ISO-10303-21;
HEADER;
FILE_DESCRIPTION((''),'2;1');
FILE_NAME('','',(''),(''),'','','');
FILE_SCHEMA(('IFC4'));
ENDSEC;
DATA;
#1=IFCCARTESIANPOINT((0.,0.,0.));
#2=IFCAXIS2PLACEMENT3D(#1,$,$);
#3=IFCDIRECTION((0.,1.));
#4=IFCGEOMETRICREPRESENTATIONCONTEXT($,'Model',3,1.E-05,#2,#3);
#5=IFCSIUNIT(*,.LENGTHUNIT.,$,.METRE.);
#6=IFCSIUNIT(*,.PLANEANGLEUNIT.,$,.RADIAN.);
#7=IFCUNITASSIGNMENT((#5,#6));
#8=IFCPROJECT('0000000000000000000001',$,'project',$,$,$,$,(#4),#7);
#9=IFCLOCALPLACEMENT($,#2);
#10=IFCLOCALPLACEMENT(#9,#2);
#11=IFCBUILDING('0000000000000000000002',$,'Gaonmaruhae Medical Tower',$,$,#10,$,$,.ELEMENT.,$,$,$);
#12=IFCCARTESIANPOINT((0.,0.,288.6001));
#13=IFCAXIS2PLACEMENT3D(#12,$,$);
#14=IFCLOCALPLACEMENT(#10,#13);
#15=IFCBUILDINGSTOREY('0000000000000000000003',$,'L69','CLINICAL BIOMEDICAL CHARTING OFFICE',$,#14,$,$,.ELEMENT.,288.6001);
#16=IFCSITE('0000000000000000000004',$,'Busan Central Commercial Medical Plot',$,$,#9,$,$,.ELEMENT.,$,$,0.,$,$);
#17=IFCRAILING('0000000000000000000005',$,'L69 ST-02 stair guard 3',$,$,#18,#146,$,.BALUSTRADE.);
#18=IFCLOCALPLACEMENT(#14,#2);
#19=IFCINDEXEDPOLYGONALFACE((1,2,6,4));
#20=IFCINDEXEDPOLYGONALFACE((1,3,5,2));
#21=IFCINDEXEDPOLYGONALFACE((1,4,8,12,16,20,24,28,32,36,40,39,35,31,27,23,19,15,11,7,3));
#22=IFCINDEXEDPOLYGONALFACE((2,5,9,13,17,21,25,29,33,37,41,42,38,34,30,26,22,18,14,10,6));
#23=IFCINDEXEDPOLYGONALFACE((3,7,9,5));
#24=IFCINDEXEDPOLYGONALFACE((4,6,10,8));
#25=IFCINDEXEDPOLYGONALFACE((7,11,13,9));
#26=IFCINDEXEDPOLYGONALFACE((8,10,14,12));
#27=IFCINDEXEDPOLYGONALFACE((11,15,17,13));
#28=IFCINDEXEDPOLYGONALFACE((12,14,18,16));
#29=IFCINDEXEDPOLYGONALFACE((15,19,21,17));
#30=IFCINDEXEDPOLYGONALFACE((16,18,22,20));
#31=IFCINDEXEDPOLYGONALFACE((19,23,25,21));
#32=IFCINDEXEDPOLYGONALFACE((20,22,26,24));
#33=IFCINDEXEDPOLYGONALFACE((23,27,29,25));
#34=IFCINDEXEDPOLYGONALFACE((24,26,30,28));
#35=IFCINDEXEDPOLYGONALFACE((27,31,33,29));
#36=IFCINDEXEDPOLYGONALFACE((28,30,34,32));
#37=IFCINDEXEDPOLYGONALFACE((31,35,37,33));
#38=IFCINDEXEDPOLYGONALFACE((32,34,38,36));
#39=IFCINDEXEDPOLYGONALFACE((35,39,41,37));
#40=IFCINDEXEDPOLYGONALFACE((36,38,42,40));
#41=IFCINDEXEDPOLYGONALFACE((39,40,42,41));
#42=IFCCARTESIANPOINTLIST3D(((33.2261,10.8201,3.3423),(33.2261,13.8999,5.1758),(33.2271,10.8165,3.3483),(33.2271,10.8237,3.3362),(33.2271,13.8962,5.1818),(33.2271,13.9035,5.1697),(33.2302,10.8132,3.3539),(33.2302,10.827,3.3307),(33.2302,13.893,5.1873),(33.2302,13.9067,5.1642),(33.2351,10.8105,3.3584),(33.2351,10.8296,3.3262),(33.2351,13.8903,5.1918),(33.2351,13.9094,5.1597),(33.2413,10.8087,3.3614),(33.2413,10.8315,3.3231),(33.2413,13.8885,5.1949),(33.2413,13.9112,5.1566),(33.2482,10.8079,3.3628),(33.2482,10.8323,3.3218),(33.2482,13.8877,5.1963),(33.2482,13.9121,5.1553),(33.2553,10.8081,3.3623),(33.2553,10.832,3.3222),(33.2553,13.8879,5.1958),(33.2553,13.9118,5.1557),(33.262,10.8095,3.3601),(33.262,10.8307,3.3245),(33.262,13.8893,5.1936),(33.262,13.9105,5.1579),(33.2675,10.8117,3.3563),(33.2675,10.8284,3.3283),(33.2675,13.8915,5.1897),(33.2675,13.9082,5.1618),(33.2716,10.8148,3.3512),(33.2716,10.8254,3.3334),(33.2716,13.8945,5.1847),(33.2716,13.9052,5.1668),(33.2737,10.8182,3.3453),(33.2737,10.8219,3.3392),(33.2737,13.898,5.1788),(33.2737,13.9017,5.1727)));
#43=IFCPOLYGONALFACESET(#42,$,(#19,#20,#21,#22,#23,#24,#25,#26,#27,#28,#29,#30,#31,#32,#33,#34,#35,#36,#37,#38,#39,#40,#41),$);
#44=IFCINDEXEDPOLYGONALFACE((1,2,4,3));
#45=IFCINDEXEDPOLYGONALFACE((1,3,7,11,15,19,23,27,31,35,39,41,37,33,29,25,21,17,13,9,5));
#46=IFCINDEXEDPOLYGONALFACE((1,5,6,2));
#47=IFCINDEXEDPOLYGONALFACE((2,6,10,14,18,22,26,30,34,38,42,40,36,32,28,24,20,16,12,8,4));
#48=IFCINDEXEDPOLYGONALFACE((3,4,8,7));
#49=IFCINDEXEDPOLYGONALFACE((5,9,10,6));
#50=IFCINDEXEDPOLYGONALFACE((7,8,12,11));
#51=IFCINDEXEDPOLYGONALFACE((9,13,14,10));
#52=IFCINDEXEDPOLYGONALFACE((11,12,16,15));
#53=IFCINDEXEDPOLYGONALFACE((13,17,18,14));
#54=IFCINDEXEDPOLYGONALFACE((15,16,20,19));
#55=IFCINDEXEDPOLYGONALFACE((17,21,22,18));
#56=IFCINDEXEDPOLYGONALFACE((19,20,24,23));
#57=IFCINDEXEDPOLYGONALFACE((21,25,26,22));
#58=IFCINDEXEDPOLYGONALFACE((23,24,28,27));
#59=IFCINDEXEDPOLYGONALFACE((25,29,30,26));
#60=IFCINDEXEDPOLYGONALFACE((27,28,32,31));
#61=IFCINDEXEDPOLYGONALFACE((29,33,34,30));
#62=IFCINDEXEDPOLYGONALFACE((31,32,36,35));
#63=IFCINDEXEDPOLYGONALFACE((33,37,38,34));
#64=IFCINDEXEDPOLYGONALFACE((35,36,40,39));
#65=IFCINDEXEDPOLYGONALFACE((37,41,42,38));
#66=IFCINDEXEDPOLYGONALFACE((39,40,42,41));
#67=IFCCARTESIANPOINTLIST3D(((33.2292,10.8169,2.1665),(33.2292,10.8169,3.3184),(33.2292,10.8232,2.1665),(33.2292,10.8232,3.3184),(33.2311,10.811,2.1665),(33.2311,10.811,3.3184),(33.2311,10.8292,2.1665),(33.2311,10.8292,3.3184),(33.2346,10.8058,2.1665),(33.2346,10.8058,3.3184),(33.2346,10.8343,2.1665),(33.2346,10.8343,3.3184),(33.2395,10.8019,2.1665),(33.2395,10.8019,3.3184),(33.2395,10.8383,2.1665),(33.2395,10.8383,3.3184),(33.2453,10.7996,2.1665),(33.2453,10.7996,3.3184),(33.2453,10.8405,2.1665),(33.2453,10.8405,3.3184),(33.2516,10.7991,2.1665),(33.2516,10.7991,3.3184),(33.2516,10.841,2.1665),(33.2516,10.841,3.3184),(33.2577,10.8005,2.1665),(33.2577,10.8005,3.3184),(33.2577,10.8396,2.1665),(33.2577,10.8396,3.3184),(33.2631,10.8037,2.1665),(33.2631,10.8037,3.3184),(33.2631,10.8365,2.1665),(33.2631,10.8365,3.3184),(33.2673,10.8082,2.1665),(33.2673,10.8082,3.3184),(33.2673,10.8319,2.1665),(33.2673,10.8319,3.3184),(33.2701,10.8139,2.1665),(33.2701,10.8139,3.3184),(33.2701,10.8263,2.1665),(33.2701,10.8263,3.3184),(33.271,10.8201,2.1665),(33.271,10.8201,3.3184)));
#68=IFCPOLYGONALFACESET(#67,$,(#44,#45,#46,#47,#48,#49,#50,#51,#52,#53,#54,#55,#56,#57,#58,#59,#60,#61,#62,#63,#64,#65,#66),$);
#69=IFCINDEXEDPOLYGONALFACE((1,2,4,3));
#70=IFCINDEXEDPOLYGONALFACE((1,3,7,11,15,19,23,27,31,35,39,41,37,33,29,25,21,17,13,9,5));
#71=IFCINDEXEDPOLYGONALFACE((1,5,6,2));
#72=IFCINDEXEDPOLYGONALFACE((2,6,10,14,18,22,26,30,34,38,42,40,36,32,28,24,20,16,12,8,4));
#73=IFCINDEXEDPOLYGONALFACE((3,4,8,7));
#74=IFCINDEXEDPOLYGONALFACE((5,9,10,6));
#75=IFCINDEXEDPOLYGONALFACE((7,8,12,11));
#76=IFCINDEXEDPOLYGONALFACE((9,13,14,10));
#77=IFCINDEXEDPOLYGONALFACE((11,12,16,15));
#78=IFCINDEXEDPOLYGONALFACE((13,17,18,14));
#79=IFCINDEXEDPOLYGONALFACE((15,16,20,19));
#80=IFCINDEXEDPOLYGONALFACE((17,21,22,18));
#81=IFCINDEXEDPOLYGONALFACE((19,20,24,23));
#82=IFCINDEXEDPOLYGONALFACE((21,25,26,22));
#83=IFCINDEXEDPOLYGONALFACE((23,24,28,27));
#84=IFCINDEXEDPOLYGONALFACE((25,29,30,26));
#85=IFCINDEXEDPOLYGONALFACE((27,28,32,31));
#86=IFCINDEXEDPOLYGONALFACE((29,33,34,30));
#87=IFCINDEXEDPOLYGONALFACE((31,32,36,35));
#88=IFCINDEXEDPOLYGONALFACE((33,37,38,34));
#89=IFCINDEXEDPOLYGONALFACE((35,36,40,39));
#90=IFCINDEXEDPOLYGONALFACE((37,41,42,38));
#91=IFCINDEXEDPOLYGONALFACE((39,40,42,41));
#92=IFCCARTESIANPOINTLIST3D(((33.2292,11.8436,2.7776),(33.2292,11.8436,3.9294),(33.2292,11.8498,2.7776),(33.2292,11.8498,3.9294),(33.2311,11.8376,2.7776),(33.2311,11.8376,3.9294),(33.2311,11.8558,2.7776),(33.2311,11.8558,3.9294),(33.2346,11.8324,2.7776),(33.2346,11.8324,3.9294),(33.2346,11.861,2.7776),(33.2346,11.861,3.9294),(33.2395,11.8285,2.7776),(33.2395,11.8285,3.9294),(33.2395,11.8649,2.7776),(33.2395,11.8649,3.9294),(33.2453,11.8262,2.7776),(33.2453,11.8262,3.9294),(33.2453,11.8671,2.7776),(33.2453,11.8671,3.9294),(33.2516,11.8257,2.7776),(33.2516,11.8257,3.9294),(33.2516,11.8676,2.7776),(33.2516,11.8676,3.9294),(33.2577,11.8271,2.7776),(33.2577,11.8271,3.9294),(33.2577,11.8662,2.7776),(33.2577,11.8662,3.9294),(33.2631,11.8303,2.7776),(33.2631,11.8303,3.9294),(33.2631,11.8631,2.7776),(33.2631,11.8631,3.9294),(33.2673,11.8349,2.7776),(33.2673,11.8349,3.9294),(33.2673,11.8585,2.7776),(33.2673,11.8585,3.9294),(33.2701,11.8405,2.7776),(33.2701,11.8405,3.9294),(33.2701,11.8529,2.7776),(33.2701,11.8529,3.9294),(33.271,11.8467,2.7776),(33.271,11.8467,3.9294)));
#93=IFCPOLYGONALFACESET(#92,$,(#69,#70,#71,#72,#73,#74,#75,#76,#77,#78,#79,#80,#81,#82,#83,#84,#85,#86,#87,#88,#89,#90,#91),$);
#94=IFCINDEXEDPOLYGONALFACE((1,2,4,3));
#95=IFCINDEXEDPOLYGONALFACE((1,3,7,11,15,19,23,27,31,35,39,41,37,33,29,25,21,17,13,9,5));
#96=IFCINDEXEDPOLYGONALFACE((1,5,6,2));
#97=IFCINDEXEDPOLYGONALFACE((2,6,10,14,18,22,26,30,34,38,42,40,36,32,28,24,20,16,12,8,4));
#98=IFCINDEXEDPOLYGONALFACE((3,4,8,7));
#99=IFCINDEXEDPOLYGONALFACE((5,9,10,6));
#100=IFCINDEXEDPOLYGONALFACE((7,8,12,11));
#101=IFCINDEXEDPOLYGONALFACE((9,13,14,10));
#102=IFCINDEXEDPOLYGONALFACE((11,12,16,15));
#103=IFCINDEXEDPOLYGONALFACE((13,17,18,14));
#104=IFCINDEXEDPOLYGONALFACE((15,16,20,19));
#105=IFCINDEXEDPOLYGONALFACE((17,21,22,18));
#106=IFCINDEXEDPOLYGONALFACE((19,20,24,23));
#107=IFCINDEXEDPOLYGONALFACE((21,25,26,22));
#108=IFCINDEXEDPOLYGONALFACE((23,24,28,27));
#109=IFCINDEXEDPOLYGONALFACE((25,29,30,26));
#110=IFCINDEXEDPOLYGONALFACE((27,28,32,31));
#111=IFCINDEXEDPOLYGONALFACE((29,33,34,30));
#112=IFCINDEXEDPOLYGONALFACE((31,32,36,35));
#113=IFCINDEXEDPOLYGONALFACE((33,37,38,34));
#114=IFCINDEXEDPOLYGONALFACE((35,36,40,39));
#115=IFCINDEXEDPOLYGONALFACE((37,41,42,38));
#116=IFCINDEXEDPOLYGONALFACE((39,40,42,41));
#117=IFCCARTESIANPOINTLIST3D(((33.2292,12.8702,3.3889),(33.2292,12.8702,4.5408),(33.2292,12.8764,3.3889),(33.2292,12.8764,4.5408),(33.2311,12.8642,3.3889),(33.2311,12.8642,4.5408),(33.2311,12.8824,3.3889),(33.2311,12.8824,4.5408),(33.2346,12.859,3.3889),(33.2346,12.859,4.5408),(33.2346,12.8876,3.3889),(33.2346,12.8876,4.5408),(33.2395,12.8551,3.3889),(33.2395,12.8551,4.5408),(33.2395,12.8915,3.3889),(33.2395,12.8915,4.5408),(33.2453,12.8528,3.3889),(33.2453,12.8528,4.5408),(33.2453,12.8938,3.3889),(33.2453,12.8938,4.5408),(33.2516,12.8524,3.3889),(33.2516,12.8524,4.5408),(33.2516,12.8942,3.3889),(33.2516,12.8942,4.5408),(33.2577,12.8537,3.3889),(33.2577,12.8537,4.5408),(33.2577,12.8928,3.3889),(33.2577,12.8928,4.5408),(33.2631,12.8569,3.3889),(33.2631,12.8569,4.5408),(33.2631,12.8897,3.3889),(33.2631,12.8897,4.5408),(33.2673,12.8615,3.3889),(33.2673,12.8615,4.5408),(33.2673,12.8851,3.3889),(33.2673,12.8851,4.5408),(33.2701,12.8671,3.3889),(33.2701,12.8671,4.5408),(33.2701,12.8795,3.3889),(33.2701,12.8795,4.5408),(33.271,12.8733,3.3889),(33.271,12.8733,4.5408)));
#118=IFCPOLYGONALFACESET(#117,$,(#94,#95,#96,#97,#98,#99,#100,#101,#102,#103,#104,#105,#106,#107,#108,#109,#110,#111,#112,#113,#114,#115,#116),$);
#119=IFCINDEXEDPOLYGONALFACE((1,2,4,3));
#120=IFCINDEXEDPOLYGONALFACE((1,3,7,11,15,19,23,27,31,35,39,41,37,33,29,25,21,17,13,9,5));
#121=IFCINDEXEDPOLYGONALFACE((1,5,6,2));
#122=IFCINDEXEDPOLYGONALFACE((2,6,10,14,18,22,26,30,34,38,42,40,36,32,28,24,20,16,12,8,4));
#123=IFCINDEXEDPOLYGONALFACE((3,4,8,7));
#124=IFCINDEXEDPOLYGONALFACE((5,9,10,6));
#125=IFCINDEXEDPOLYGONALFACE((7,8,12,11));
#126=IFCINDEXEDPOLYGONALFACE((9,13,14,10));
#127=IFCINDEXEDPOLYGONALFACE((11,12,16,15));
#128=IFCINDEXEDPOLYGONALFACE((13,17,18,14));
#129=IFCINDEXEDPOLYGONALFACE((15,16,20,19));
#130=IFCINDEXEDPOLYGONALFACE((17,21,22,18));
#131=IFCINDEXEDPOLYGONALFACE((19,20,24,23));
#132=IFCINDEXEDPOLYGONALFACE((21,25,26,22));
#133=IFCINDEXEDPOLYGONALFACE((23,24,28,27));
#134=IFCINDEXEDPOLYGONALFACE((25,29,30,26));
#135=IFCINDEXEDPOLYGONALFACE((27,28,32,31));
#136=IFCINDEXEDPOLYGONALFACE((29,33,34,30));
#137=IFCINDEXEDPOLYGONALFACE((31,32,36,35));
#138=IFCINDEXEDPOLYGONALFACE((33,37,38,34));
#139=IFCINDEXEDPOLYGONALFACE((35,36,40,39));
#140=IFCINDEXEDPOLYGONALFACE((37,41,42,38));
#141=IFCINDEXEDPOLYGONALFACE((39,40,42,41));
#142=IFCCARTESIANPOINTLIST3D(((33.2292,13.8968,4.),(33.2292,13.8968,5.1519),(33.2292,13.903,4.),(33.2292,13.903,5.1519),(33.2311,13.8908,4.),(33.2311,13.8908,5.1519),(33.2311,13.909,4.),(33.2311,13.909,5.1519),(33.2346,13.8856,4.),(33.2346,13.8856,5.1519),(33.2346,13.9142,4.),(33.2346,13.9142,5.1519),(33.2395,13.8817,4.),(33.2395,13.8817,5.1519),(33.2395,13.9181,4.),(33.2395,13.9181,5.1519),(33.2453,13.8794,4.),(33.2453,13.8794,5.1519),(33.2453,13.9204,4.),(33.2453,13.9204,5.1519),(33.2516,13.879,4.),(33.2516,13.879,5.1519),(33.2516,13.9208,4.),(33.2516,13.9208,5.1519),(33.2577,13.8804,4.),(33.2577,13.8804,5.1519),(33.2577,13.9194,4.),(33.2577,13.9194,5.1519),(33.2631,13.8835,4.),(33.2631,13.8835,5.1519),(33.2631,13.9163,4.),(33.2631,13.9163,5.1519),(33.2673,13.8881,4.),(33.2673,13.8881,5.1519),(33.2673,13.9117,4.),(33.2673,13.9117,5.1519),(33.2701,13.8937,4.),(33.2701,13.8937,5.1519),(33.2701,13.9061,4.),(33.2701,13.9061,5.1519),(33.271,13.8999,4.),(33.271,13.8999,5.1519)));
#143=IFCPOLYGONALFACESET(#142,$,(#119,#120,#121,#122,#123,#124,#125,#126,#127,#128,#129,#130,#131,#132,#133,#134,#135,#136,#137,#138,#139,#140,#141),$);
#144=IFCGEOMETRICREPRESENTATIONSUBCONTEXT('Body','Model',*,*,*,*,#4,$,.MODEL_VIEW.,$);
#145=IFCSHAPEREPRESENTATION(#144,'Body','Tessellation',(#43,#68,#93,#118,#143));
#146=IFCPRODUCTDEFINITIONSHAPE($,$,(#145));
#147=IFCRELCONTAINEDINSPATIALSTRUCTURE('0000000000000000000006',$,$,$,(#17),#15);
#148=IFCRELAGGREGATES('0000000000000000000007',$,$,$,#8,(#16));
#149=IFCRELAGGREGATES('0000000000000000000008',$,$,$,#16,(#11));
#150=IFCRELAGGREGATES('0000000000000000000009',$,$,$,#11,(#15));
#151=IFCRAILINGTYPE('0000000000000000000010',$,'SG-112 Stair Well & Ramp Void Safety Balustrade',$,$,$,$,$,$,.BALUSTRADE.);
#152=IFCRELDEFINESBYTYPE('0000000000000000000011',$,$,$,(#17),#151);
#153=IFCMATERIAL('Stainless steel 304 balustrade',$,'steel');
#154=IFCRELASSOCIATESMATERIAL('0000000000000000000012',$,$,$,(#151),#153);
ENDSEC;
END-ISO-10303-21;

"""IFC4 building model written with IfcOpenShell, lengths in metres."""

from ifc_helpers import new_model, si_unit, direction, frame, origin, origin_2d, place, context, subcontext, project, spatial, circle, extrude, material, type_object, element, save


model = new_model("IFC4")

# Units and contexts
model_context = context("Model", 3, precision=1e-05, world=origin(), true_north=direction((0.0, 1.0)))
body_context = subcontext(model_context, "Body", "Model", "MODEL_VIEW")
ifc_project = project(units=[si_unit("LENGTHUNIT", "METRE"), si_unit("PLANEANGLEUNIT", "RADIAN")], contexts=[model_context])

# Site, building, storey
site_placement = place(None, origin())
site = spatial("IfcSite", under=ifc_project, at=site_placement, Name="Busan Central Commercial Medical Plot", CompositionType="ELEMENT", RefElevation=0.0)
building_placement = place(site_placement, origin())
building = spatial("IfcBuilding", under=site, at=building_placement, Name="Gaonmaruhae Medical Tower", CompositionType="ELEMENT")
storey_placement = place(building_placement, frame((0.0, 0.0, 288.6001)))
storey = spatial("IfcBuildingStorey", under=building, at=storey_placement, Name="L69", Description="CLINICAL BIOMEDICAL CHARTING OFFICE", CompositionType="ELEMENT", Elevation=288.6001)

# Railing
ifc_material_1 = material(Name="Stainless steel 304 balustrade", Category="steel")
railing_type_1 = type_object("IfcRailingType", Name="SG-112 Stair Well & Ramp Void Safety Balustrade", PredefinedType="BALUSTRADE", material=ifc_material_1)
railing_1_placement = place(storey_placement, frame((33.25, 10.8201, 2.1665)))
element("IfcRailing", 1, at=railing_1_placement, inside=storey, type_object=railing_type_1, Name="L69 ST-02 stair guard 3", PredefinedType="BALUSTRADE", context=body_context, shape_type="SweptSolid", body=[
    extrude(circle(Radius=0.0239, at=origin_2d()), frame((0.0, 0.0, 1.1758), z_axis=(0.0, 0.859261, 0.511538), x_axis=(-1.0, 0.0, 0.0)), (0.0, 0.0, 1.0), 3.5842),
    extrude(circle(Radius=0.021, at=origin_2d()), origin(), (0.0, 0.0, 1.0), 1.1519),
    extrude(circle(Radius=0.021, at=origin_2d()), frame((0.0, 1.0266, 0.6111)), (0.0, 0.0, 1.0), 1.1519),
    extrude(circle(Radius=0.021, at=origin_2d()), frame((0.0, 2.0532, 1.2224)), (0.0, 0.0, 1.0), 1.1519),
    extrude(circle(Radius=0.021, at=origin_2d()), frame((0.0, 3.0798, 1.8335)), (0.0, 0.0, 1.0), 1.1519),
])

save(model, "model.ifc")
